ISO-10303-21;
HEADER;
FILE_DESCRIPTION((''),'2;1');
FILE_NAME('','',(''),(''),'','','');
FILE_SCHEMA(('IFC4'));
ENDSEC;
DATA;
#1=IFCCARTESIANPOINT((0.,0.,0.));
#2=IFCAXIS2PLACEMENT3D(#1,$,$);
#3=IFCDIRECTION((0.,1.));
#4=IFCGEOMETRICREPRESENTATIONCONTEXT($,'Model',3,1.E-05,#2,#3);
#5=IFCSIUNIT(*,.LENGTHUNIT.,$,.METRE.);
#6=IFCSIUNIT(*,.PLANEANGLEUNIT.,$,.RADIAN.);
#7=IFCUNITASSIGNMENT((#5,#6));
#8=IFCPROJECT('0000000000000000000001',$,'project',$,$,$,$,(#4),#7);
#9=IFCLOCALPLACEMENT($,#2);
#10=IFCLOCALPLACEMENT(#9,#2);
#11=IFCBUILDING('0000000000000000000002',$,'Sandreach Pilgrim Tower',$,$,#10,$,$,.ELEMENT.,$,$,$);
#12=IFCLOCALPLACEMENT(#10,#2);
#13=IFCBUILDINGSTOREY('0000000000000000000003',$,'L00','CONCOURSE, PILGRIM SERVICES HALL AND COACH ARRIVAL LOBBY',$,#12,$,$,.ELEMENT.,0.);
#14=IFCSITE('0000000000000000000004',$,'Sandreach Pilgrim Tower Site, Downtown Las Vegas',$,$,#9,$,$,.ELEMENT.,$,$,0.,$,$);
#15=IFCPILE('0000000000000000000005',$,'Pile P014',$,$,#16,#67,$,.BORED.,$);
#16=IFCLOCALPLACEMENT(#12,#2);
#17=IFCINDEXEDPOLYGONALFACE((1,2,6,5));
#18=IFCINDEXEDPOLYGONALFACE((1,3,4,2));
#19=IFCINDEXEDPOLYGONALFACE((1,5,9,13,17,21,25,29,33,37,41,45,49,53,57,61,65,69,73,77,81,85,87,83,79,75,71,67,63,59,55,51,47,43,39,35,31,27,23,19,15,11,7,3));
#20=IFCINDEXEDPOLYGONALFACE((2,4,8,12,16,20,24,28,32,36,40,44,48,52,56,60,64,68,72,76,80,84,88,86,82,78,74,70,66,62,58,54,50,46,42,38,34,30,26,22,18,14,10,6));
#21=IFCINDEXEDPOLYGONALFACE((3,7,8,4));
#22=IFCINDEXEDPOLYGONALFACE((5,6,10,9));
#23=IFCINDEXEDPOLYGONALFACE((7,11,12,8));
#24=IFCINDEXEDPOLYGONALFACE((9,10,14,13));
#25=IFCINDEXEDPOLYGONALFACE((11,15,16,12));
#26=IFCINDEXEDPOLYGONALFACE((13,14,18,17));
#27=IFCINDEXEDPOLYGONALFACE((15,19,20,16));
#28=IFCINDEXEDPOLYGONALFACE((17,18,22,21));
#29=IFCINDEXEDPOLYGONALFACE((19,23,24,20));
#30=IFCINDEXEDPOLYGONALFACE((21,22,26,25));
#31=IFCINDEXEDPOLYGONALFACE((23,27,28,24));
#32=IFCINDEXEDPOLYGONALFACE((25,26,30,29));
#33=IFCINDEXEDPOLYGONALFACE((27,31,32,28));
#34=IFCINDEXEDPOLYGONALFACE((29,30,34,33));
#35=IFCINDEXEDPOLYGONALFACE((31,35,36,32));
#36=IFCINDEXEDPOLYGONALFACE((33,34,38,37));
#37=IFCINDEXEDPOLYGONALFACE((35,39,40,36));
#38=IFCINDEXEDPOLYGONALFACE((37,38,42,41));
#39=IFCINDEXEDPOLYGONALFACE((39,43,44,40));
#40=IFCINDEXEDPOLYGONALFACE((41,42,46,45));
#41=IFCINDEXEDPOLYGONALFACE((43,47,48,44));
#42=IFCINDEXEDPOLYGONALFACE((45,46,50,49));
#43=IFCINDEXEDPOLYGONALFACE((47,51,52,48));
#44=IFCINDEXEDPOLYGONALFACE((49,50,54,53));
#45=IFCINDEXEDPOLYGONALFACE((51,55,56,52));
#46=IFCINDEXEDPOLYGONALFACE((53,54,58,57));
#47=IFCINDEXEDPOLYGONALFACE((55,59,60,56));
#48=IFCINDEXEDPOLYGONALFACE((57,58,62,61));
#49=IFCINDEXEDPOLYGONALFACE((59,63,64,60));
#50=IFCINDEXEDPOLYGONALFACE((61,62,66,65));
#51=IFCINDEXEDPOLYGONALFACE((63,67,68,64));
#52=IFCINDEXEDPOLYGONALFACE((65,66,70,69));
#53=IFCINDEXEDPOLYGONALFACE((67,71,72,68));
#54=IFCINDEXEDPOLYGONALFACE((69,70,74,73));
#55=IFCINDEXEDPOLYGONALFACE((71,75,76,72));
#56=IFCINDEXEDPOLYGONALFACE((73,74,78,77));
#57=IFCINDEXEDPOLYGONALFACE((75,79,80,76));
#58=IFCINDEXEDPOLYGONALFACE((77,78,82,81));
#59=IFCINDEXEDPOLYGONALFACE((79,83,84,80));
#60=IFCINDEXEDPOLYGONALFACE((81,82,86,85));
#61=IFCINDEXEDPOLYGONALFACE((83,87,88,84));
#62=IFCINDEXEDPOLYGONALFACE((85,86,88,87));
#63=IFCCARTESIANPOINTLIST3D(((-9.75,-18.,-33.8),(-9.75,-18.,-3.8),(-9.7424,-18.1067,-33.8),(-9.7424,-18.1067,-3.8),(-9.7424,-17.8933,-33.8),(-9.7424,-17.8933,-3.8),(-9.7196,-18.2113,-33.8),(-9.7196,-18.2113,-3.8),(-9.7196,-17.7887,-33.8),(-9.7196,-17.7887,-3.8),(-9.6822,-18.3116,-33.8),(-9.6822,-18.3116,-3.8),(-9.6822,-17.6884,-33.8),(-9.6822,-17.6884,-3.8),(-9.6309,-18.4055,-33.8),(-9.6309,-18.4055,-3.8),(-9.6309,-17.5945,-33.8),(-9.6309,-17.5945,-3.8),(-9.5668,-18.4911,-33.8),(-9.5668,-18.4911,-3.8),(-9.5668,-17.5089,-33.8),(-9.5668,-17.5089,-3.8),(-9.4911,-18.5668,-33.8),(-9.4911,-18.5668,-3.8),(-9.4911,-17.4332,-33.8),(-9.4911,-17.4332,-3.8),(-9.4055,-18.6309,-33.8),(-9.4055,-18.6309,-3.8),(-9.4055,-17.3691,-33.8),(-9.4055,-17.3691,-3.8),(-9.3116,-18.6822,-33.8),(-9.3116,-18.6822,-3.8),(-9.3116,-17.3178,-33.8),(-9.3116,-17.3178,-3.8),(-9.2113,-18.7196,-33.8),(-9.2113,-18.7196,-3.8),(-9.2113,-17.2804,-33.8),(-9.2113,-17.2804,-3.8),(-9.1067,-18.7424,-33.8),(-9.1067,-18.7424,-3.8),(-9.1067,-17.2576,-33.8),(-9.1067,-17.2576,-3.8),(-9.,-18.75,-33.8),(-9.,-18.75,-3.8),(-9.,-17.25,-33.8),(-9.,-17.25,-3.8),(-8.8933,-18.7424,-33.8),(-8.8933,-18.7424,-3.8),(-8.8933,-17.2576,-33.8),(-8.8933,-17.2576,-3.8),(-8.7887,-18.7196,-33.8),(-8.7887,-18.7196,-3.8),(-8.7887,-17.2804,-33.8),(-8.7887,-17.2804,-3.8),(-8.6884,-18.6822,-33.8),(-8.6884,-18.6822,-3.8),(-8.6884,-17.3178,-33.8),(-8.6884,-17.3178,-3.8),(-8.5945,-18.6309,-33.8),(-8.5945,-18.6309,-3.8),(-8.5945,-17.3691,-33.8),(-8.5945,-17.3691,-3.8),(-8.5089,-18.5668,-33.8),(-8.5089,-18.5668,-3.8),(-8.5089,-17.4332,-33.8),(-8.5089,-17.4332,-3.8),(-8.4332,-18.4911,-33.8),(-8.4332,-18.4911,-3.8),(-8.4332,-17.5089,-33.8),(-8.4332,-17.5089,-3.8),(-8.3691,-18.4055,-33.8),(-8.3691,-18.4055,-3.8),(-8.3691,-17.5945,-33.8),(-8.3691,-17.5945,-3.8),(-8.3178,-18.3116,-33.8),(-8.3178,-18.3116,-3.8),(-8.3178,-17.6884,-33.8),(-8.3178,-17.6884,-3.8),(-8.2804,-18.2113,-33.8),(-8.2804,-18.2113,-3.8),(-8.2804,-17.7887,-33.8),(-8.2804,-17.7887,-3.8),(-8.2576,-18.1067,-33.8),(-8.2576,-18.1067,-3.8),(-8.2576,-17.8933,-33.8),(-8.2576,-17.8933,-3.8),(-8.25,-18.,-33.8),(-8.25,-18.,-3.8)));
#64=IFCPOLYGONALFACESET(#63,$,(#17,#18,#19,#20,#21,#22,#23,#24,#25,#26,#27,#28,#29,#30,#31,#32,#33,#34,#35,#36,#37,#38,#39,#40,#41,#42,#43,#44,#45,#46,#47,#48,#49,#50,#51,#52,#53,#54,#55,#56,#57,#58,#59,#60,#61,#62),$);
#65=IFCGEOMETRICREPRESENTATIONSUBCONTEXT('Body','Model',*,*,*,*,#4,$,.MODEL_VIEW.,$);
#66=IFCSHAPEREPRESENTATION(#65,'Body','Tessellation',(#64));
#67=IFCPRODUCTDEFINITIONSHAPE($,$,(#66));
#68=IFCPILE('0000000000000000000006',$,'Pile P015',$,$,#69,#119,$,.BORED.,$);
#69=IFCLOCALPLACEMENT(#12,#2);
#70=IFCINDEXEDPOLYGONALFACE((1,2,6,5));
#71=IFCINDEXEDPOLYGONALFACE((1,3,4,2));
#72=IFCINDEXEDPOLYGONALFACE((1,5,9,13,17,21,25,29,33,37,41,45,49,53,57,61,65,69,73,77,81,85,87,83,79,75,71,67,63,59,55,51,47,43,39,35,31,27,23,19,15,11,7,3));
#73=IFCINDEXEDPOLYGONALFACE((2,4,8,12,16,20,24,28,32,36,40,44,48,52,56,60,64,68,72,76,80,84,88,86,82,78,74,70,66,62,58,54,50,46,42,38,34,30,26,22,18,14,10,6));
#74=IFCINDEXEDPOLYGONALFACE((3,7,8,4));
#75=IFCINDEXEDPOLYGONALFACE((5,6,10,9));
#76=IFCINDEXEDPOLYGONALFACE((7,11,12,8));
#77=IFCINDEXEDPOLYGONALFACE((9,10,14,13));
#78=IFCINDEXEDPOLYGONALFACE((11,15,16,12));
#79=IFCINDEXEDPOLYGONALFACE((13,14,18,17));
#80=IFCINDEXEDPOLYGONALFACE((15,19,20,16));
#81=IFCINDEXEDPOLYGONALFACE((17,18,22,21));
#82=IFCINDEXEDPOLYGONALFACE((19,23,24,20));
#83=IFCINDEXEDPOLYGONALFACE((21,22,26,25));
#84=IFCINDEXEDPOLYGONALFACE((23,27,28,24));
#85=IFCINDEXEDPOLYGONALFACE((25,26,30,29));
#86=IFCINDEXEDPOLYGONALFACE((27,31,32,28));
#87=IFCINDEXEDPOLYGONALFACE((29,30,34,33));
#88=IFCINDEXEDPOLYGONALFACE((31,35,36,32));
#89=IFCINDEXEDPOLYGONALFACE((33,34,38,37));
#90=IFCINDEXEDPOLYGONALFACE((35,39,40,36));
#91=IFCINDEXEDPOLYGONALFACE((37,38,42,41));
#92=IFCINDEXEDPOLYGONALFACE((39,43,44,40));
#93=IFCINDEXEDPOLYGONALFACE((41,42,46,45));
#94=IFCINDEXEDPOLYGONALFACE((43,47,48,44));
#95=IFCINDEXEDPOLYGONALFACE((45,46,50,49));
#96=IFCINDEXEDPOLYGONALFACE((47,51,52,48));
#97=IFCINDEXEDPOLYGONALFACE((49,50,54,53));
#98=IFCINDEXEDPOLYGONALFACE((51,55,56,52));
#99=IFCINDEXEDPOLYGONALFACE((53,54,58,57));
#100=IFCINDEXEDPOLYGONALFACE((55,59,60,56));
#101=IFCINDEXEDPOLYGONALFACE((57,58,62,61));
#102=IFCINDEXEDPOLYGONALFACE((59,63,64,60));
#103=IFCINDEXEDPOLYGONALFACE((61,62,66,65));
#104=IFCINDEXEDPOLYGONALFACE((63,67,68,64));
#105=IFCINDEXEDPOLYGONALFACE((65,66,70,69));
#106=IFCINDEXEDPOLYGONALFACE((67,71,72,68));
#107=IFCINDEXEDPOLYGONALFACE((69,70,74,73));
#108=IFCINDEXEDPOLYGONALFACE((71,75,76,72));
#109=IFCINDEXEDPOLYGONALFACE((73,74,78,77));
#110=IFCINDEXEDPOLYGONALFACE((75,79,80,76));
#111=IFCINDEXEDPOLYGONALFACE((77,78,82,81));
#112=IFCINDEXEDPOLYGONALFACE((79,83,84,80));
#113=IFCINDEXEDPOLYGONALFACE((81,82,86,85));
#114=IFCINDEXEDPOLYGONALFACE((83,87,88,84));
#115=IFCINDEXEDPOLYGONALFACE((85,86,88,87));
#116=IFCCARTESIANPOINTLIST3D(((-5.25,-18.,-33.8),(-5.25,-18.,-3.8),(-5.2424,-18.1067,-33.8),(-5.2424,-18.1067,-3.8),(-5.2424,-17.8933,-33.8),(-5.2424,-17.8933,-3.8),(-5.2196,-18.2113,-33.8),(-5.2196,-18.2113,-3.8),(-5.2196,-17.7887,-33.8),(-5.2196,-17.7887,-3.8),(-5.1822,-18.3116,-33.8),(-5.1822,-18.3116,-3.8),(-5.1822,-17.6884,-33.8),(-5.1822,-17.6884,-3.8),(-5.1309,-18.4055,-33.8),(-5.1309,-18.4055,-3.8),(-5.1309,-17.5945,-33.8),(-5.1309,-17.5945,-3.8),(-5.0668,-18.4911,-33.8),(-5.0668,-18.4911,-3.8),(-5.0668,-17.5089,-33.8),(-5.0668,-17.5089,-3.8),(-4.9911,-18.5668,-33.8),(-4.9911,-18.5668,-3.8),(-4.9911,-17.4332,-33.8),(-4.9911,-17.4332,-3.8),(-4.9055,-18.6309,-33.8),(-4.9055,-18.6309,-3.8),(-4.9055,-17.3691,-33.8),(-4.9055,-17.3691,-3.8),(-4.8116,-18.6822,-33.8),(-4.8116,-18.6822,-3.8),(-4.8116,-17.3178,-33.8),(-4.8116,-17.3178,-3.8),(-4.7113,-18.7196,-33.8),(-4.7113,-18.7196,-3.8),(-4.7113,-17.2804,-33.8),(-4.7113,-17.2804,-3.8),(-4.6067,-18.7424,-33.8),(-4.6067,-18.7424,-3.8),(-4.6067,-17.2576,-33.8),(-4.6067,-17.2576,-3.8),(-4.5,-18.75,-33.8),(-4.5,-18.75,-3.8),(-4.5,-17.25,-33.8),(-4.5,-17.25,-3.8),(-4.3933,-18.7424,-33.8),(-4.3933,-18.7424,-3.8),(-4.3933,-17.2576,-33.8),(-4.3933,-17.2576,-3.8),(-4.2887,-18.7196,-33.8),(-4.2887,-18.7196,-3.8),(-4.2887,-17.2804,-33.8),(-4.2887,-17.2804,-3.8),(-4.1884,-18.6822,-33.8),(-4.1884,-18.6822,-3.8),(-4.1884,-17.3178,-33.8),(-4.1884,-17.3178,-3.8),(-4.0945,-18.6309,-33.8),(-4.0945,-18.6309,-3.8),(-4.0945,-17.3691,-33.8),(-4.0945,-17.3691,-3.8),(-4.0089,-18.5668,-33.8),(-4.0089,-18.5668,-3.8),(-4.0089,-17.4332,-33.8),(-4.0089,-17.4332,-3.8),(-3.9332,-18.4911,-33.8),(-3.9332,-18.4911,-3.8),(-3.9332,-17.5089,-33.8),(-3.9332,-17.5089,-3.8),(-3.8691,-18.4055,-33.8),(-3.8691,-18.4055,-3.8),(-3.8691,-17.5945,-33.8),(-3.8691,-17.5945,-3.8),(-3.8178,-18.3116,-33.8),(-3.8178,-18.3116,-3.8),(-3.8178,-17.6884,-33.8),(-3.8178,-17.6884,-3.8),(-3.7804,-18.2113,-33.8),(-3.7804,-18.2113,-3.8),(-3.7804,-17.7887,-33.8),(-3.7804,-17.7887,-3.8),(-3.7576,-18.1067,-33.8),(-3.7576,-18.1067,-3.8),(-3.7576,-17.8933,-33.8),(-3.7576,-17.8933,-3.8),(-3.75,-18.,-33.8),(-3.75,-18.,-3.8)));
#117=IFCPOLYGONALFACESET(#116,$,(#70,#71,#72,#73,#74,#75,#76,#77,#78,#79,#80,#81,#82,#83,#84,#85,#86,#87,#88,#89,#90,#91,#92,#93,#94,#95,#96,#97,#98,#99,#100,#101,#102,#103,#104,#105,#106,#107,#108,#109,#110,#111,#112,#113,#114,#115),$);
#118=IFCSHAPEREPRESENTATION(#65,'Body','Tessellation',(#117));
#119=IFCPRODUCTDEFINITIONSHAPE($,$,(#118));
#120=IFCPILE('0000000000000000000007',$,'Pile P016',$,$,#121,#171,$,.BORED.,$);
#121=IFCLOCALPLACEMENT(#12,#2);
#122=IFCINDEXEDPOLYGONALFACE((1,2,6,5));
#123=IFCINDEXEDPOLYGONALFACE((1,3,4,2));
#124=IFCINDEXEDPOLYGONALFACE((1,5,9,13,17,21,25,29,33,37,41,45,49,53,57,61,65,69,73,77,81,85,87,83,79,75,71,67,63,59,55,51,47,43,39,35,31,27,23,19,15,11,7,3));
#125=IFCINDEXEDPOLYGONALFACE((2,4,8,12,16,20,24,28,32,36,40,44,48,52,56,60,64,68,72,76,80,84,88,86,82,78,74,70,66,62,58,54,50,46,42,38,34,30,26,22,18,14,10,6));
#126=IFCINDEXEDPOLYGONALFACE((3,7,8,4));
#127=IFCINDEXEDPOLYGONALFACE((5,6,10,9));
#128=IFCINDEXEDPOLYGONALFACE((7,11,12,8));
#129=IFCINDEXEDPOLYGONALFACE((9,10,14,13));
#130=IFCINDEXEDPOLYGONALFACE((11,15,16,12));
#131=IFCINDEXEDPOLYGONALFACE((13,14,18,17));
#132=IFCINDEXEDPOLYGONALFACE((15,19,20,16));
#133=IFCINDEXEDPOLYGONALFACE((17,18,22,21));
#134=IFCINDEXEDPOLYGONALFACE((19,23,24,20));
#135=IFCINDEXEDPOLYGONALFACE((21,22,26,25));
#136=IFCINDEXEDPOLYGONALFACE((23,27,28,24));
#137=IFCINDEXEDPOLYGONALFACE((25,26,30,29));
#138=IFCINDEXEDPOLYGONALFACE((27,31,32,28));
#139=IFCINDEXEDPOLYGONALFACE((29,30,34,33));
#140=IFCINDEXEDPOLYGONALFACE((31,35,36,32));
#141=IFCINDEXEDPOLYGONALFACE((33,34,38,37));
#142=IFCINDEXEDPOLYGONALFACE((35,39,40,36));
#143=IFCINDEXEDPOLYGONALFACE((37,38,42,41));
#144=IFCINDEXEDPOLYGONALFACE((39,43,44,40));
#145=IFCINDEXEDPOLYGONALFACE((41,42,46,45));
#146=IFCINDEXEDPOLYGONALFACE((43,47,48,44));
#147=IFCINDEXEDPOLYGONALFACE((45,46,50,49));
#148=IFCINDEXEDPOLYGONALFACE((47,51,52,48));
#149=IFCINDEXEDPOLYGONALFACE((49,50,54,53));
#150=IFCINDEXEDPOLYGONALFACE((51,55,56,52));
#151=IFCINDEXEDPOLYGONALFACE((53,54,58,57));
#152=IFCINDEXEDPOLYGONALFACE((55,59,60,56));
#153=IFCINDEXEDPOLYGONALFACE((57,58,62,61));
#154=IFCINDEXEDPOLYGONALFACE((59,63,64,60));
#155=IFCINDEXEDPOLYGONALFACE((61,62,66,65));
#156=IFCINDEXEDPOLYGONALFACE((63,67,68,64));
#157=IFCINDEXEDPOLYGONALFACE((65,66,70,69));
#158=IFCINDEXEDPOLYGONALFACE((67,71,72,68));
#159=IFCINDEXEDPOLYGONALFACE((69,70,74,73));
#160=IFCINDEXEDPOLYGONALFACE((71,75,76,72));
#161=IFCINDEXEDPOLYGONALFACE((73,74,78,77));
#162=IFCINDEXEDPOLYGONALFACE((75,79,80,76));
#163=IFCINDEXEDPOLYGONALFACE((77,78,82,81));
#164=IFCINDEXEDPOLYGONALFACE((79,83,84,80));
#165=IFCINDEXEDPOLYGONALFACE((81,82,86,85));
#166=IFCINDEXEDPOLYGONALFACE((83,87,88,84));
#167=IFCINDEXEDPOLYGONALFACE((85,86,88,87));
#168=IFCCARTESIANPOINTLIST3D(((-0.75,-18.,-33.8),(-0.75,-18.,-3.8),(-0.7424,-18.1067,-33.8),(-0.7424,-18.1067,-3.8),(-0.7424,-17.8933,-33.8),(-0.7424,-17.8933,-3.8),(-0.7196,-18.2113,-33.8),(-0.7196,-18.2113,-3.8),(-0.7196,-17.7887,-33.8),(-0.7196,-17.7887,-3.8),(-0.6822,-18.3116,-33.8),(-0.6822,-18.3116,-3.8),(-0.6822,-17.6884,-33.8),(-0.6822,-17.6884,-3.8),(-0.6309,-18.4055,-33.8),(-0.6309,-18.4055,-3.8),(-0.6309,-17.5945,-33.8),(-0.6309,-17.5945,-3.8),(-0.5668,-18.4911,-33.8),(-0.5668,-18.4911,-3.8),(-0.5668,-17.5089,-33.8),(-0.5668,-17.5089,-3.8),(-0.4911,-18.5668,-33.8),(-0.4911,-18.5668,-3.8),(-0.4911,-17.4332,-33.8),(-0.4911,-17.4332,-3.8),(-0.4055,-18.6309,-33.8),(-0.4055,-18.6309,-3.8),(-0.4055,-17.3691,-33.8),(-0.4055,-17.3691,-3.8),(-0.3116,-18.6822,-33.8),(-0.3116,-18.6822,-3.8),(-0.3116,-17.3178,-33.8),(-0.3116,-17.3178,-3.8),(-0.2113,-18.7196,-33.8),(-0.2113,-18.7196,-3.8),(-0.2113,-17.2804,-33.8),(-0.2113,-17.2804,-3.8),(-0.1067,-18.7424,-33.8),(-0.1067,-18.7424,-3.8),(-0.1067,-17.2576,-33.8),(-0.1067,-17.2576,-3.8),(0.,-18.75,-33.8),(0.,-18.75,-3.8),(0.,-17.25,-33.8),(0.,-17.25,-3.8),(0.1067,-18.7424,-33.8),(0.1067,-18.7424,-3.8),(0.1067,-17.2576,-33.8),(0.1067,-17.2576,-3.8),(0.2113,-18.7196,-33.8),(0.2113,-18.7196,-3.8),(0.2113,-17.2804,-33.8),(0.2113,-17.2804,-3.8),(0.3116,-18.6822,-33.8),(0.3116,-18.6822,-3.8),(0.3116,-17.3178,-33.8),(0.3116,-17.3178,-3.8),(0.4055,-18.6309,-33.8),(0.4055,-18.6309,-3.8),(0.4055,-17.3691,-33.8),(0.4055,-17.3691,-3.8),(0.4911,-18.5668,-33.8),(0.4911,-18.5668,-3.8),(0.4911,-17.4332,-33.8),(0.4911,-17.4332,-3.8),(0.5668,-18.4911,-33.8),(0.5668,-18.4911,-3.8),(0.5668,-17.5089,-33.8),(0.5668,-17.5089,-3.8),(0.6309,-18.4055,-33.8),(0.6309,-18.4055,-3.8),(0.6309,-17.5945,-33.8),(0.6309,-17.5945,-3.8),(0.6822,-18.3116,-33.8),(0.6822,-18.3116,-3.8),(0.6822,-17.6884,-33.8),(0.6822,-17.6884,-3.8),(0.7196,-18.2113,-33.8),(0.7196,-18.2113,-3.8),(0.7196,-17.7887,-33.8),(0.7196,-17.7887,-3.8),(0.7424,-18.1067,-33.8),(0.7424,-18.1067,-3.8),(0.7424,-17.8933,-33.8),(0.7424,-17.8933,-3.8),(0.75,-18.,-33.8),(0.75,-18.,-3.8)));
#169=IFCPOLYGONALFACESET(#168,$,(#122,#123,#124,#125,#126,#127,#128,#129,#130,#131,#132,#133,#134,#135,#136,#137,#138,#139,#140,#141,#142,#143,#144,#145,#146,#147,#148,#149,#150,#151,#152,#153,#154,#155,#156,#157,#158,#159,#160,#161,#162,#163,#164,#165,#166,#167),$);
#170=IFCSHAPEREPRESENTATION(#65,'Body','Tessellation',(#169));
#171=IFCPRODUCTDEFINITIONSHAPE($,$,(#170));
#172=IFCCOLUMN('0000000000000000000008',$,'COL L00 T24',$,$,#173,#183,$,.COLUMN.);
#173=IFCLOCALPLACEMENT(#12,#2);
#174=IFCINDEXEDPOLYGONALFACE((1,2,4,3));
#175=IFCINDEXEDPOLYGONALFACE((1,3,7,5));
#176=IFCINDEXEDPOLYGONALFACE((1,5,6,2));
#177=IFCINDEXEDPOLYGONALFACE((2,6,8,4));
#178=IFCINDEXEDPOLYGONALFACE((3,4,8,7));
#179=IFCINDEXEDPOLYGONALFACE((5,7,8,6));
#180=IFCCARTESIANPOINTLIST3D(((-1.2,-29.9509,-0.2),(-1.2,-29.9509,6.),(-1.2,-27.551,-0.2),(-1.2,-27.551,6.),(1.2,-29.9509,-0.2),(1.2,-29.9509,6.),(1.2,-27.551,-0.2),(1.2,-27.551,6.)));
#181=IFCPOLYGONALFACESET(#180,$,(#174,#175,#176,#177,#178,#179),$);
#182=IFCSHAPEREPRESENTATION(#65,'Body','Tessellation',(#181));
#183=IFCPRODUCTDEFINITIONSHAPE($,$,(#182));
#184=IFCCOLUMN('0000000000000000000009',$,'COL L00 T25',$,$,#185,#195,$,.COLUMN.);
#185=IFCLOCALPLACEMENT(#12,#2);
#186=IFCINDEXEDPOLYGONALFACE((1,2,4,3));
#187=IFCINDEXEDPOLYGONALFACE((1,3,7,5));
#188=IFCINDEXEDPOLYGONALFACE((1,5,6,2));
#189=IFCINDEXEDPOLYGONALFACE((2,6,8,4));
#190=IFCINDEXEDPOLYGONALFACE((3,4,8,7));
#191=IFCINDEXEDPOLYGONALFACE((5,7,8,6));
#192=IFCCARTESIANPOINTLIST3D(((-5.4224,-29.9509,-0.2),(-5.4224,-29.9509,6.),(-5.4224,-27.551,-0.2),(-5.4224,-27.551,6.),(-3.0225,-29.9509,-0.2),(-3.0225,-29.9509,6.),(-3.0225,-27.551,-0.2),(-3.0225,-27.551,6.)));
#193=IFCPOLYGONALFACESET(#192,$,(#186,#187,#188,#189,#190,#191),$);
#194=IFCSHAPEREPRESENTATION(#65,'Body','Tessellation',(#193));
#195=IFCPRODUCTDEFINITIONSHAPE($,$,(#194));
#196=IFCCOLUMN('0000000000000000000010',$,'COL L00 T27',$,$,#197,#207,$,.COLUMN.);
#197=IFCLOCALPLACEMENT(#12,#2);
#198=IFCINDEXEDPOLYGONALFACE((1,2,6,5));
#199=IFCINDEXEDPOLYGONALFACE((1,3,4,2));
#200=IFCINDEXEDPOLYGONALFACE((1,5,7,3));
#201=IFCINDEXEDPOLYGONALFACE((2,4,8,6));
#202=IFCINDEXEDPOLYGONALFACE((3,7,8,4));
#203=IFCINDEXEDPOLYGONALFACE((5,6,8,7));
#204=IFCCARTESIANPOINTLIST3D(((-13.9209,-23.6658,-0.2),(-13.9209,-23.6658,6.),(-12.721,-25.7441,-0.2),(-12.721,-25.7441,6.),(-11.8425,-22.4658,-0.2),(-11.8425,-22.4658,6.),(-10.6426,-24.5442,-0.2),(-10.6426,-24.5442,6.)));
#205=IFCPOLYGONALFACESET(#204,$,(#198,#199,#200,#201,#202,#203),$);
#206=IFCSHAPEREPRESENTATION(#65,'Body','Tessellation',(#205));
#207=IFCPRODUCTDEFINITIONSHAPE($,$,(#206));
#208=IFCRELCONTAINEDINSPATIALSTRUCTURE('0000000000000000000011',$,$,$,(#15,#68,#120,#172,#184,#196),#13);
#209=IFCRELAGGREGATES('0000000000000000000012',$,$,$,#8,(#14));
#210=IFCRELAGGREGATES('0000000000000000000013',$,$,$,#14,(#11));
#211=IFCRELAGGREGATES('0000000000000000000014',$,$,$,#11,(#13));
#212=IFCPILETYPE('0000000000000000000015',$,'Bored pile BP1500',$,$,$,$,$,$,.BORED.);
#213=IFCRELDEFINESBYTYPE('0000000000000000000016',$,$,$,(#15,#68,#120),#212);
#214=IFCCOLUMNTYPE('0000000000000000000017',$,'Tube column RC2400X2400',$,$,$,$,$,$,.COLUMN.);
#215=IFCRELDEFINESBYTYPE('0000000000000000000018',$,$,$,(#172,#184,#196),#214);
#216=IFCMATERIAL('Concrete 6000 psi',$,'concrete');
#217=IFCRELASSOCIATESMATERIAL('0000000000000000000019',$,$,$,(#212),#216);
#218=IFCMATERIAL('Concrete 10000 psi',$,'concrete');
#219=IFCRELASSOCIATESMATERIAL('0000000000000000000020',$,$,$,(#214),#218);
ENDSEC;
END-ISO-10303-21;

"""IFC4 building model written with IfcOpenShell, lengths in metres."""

from ifc_helpers import new_model, si_unit, direction, frame, origin, origin_2d, place, context, subcontext, project, spatial, rectangle, circle, extrude, material, material_profile, profile_set, type_object, element, save


model = new_model("IFC4")

# Units and contexts
model_context = context("Model", 3, precision=1e-05, world=origin(), true_north=direction((0.0, 1.0)))
body_context = subcontext(model_context, "Body", "Model", "MODEL_VIEW")
ifc_project = project(units=[si_unit("LENGTHUNIT", "METRE"), si_unit("PLANEANGLEUNIT", "RADIAN")], contexts=[model_context])

# Site, building, storey
site_placement = place(None, origin())
site = spatial("IfcSite", under=ifc_project, at=site_placement, Name="Sandreach Pilgrim Tower Site, Downtown Las Vegas", CompositionType="ELEMENT", RefElevation=0.0)
building_placement = place(site_placement, origin())
building = spatial("IfcBuilding", under=site, at=building_placement, Name="Sandreach Pilgrim Tower", CompositionType="ELEMENT")
storey_placement = place(building_placement, origin())
storey = spatial("IfcBuildingStorey", under=building, at=storey_placement, Name="L00", Description="CONCOURSE, PILGRIM SERVICES HALL AND COACH ARRIVAL LOBBY", CompositionType="ELEMENT", Elevation=0.0)

# Piles
ifc_material_1 = material(Name="Concrete 6000 psi", Category="concrete")
ifc_material_profile_1 = material_profile(ifc_material_1, circle(Radius=0.75, at=origin_2d()), Name="BP1500")
ifc_profile_set_1 = profile_set([ifc_material_profile_1], Name="Concrete 6000 psi")
pile_type = type_object("IfcPileType", Name="Bored pile BP1500", PredefinedType="BORED", material=ifc_profile_set_1)
for number, where, z_axis, x_axis, name in (
    (1, (-9.0, -18.0, -3.8), (0.0, 0.0, -1.0), (1.0, 0.0, 0.0), "Pile P014"),
    (2, (-4.5, -18.0, -3.8), (0.0, 0.0, -1.0), (1.0, 0.0, 0.0), "Pile P015"),
    (3, (0.0, -18.0, -3.8), (0.0, 0.0, -1.0), (1.0, 0.0, 0.0), "Pile P016"),
):
    element("IfcPile", number, at=place(storey_placement, frame(where, z_axis=z_axis, x_axis=x_axis)), inside=storey, type_object=pile_type, Name=name, PredefinedType="BORED", context=body_context, shape_type="SweptSolid", body=[
        extrude(circle(Radius=0.75, at=origin_2d()), origin(), (0.0, 0.0, 1.0), 30.0),
    ])

# Columns
ifc_material_2 = material(Name="Concrete 10000 psi", Category="concrete")
ifc_material_profile_2 = material_profile(ifc_material_2, rectangle(XDim=2.3999, YDim=2.3999, at=origin_2d()), Name="RC2400X2400")
ifc_profile_set_2 = profile_set([ifc_material_profile_2], Name="Concrete 10000 psi")
column_type_1 = type_object("IfcColumnType", Name="Tube column RC2400X2400", PredefinedType="COLUMN", material=ifc_profile_set_2)
for number, where, z_axis, x_axis, name in (
    (4, (0.0, -28.751, -0.2), (0.0, 0.0, 1.0), (0.0, -1.0, 0.0), "COL L00 T24"),
    (5, (-4.2224, -28.751, -0.2), (0.0, 0.0, 1.0), (0.0, -1.0, 0.0), "COL L00 T25"),
    (6, (-12.2817, -24.105, -0.2), (0.0, 0.0, 1.0), (-0.866025, -0.5, 0.0), "COL L00 T27"),
):
    element("IfcColumn", number, at=place(storey_placement, frame(where, z_axis=z_axis, x_axis=x_axis)), inside=storey, type_object=column_type_1, Name=name, PredefinedType="COLUMN", context=body_context, shape_type="SweptSolid", body=[
        extrude(rectangle(XDim=2.3999, YDim=2.3999, at=origin_2d()), origin(), (0.0, 0.0, 1.0), 6.2),
    ])

save(model, "model.ifc")
